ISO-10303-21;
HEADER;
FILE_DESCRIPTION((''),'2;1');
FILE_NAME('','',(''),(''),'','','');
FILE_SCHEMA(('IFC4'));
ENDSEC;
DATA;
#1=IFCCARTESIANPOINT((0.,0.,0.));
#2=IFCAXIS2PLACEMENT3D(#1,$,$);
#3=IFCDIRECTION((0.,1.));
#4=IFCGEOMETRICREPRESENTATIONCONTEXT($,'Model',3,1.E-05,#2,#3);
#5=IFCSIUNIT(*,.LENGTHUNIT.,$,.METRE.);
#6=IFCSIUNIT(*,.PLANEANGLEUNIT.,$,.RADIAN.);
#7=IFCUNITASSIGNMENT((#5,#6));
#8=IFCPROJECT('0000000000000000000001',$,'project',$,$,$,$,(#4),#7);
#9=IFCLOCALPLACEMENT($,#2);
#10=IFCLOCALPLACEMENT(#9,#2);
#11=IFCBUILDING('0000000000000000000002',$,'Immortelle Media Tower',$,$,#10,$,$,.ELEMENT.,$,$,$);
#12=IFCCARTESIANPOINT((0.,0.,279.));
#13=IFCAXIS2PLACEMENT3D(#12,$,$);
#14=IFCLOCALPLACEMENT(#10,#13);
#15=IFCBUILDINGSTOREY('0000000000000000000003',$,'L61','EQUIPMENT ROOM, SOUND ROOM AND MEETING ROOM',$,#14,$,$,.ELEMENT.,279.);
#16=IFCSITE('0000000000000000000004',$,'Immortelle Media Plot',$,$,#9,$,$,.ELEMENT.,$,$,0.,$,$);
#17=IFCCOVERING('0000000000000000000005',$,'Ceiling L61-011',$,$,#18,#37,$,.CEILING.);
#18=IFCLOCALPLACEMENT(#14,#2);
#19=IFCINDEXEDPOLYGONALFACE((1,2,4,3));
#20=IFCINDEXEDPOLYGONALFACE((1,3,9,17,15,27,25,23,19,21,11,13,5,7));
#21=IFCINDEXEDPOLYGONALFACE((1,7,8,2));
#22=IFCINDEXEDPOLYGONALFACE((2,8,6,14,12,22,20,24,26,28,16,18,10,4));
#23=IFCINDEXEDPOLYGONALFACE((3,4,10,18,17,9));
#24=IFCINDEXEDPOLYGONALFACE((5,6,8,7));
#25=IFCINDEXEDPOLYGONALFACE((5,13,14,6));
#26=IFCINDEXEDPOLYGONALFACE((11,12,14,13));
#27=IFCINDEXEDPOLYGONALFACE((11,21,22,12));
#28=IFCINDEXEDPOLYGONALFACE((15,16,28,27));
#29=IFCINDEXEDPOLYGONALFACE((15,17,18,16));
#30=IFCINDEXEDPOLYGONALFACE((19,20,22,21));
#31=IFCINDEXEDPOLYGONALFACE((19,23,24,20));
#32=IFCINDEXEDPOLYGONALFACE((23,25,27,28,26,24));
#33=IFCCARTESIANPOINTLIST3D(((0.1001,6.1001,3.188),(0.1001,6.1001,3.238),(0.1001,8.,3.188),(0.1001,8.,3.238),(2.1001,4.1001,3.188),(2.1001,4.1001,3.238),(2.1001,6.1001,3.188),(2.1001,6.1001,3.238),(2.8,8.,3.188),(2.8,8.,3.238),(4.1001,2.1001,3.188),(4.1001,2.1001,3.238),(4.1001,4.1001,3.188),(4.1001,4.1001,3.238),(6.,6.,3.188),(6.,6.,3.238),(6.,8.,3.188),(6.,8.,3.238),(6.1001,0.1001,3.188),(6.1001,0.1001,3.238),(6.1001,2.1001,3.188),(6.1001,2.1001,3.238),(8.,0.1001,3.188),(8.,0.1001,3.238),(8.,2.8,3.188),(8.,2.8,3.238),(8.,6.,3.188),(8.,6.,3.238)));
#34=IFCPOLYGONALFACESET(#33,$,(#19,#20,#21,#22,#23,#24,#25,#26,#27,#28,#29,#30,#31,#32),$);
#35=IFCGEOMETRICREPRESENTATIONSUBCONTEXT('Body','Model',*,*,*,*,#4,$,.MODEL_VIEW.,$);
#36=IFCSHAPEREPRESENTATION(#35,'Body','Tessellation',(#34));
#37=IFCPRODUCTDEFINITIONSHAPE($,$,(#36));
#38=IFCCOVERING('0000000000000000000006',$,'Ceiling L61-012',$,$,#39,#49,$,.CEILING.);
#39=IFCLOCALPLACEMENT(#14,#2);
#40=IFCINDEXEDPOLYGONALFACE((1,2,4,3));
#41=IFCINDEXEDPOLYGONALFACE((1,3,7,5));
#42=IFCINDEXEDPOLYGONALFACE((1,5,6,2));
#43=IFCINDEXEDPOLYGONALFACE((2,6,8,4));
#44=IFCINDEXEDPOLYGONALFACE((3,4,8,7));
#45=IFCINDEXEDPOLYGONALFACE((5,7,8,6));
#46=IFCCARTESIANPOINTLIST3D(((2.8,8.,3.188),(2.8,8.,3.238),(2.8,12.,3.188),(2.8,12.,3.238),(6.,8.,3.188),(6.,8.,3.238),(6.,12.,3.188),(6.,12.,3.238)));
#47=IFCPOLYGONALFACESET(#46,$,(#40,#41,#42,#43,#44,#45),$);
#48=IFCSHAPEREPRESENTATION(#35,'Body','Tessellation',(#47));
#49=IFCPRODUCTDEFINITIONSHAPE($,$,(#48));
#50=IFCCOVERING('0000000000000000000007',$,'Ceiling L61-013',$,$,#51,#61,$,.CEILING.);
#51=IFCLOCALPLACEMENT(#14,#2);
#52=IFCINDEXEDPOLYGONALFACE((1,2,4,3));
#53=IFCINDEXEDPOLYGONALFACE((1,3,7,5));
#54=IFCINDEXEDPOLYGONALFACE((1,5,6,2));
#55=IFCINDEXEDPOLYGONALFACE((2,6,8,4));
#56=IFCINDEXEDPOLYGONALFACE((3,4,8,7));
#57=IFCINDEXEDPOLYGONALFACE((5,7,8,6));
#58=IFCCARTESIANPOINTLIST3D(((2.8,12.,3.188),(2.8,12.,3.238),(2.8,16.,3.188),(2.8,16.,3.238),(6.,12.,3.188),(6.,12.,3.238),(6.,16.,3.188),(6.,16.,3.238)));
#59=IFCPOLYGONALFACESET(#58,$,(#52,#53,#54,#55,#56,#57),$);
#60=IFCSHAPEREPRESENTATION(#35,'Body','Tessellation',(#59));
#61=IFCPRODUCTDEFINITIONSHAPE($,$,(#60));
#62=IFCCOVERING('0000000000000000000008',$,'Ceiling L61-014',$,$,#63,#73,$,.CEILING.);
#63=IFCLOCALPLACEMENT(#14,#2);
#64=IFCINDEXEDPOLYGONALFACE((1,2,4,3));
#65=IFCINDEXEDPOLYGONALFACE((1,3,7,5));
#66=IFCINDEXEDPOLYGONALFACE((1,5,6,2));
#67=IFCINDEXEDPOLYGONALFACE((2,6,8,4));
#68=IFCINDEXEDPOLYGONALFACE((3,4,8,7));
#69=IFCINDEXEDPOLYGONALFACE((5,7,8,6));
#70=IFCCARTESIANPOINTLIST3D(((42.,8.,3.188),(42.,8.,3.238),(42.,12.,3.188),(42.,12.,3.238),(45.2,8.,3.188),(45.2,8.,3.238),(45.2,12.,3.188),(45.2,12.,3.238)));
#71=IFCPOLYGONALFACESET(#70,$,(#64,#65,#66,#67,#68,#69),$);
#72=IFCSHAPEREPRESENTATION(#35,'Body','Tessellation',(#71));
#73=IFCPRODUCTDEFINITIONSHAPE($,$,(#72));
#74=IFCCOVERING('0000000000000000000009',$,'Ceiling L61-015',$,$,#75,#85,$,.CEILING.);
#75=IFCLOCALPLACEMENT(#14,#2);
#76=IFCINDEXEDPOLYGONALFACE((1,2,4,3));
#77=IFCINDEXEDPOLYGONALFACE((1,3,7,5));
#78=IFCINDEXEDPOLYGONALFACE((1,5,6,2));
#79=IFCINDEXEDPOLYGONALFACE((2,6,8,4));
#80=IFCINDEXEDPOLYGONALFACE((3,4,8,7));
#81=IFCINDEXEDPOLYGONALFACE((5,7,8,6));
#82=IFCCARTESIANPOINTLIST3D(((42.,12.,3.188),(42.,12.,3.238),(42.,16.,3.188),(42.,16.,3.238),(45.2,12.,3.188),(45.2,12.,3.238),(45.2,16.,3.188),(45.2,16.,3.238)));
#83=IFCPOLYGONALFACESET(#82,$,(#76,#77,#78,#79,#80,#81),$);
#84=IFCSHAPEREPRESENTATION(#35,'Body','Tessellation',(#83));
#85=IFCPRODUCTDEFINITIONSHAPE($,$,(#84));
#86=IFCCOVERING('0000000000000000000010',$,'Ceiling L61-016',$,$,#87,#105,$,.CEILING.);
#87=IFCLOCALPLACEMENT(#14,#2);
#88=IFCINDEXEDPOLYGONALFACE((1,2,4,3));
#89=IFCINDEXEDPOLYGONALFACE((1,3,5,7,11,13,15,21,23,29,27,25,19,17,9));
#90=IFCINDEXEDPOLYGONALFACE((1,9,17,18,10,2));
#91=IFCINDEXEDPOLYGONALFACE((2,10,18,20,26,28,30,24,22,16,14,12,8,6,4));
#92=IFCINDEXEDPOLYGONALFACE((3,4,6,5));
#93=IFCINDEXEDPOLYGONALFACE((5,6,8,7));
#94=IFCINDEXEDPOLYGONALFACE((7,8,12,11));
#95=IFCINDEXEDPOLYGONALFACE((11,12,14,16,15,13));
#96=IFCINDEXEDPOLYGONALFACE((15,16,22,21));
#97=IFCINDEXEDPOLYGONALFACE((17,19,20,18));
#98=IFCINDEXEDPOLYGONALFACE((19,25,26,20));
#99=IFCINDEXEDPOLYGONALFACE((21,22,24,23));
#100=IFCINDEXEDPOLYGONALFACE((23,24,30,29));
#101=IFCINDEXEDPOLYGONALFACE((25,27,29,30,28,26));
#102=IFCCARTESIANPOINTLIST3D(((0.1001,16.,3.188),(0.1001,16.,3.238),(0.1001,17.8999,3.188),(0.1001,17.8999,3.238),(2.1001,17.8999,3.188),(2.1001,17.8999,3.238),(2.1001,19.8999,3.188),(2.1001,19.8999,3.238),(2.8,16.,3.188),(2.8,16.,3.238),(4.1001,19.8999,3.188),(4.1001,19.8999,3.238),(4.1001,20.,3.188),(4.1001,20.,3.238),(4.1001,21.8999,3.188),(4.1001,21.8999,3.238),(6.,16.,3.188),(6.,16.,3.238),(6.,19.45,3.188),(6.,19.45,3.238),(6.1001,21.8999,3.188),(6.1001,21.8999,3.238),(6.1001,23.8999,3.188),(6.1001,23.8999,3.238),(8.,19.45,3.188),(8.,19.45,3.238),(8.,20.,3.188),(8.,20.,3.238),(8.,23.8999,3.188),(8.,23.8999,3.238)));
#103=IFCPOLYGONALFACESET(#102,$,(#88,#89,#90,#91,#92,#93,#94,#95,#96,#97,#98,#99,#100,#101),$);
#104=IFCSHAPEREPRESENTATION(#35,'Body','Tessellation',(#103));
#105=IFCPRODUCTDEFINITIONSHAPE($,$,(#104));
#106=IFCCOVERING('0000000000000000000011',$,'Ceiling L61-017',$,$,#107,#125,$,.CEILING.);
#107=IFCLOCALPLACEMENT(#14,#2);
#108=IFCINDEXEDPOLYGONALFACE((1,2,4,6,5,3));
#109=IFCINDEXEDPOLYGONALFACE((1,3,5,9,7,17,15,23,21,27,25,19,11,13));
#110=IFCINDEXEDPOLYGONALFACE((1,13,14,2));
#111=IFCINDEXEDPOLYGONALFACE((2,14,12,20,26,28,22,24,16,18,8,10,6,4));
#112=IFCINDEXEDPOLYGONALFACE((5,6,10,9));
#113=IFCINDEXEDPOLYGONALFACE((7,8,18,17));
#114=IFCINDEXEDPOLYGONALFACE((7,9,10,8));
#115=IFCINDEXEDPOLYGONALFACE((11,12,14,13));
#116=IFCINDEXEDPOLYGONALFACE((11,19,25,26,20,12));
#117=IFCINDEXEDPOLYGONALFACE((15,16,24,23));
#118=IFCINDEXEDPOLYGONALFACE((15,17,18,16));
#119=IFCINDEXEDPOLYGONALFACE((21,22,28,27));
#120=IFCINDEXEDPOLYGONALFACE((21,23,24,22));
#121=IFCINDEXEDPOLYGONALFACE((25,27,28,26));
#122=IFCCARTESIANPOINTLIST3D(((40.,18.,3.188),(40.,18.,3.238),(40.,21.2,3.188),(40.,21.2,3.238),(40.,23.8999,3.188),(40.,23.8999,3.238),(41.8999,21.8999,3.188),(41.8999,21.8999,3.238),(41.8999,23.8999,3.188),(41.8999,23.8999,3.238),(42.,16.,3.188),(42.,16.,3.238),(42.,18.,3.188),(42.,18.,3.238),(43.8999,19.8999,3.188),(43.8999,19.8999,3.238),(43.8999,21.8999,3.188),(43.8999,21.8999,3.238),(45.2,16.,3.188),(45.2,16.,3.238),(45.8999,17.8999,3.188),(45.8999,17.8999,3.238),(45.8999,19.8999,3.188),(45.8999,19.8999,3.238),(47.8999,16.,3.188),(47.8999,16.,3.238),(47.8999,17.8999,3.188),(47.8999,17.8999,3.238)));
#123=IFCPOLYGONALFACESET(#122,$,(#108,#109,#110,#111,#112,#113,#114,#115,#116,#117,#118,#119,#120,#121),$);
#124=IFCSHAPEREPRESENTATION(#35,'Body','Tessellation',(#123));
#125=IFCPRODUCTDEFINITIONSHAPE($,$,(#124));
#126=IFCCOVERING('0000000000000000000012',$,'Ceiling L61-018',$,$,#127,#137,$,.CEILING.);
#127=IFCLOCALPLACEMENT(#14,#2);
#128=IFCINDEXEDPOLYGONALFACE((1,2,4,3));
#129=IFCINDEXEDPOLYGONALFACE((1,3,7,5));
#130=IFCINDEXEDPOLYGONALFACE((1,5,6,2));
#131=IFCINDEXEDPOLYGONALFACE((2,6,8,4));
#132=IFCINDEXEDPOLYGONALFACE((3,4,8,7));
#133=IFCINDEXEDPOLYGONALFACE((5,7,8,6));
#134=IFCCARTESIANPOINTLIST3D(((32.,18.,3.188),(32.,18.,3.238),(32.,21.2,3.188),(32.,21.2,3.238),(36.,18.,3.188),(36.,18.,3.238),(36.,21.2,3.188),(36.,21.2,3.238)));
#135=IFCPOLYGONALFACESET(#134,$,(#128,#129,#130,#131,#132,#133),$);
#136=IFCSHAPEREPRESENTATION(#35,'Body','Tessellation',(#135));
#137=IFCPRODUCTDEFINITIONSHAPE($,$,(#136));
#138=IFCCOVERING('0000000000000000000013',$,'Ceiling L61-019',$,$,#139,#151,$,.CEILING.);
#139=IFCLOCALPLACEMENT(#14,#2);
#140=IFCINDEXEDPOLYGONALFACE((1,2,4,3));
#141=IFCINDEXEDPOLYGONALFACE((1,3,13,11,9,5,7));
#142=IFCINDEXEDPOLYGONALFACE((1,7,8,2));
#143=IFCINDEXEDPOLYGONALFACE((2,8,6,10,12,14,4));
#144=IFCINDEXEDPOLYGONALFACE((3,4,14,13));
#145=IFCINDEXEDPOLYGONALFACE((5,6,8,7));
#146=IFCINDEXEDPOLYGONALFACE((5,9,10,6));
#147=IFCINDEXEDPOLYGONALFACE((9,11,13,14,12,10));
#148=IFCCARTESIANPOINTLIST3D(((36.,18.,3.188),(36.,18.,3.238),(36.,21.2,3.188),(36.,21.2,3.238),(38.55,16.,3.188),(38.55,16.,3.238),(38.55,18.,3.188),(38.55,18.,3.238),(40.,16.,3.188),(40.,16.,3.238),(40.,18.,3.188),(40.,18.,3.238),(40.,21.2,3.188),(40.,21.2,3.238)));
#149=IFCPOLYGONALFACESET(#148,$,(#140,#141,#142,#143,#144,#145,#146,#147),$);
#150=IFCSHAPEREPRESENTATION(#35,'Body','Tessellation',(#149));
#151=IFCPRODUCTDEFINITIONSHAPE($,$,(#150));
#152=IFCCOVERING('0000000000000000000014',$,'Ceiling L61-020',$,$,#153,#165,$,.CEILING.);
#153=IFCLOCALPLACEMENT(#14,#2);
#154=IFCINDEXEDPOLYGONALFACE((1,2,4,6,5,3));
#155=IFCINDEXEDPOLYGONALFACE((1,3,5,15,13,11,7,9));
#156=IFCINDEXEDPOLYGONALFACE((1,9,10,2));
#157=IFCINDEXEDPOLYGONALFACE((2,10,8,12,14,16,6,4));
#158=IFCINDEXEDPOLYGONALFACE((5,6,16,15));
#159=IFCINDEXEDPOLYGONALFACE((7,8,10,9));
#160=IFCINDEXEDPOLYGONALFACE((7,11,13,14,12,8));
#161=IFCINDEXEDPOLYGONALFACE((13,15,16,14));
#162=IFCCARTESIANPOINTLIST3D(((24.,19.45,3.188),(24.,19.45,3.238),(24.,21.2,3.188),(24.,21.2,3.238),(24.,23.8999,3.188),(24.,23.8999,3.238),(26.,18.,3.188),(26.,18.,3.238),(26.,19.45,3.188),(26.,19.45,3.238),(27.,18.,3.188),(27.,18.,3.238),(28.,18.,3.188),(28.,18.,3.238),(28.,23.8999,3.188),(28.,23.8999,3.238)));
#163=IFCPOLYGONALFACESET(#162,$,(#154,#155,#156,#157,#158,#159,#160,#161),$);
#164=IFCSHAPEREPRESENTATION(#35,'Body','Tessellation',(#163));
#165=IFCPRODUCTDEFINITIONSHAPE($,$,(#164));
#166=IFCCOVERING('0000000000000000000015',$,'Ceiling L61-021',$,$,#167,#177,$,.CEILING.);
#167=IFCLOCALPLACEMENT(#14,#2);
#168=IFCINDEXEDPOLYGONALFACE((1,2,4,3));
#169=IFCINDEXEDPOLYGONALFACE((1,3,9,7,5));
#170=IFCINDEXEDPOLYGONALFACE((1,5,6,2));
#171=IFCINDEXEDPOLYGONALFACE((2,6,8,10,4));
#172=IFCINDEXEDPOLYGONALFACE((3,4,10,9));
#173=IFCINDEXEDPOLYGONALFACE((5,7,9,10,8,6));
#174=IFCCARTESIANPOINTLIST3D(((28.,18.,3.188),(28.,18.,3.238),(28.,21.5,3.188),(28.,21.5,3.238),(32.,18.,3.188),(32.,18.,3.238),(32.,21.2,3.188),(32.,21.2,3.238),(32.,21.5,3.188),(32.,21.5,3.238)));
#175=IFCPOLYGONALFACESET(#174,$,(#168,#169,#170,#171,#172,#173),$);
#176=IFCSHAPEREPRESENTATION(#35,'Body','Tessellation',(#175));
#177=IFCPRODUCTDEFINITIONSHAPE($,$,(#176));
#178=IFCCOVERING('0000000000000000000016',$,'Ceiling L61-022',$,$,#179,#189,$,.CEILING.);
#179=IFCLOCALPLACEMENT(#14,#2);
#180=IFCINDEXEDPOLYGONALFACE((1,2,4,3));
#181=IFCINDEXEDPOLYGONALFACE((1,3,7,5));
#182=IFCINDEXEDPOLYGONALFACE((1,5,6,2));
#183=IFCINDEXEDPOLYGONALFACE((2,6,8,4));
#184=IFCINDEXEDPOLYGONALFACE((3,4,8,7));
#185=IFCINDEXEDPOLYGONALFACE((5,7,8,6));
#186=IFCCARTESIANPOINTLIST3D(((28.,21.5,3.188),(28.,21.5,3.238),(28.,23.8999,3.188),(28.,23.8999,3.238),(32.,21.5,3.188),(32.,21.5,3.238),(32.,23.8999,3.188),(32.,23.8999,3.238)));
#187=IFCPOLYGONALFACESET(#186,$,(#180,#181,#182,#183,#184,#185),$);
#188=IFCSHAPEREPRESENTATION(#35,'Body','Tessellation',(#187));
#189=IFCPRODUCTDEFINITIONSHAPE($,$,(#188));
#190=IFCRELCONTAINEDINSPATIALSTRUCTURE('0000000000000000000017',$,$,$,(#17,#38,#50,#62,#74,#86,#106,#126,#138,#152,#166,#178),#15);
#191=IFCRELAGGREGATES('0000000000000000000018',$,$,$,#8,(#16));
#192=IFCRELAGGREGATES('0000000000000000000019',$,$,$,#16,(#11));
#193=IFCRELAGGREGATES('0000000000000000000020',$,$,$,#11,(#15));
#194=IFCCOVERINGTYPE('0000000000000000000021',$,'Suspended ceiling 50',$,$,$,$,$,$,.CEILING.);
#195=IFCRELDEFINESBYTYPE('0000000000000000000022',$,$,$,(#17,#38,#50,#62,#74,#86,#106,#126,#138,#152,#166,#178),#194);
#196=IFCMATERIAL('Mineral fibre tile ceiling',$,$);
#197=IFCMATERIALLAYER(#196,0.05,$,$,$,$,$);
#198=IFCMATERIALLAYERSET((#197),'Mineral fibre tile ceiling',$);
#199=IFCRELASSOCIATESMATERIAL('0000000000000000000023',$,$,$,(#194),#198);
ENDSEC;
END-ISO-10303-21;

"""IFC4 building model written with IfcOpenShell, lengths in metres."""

from ifc_helpers import new_model, si_unit, direction, frame, origin, place, context, subcontext, project, spatial, polyline, outline, extrude, material, layer, layer_set, type_object, element, save


model = new_model("IFC4")

# Units and contexts
model_context = context("Model", 3, precision=1e-05, world=origin(), true_north=direction((0.0, 1.0)))
body_context = subcontext(model_context, "Body", "Model", "MODEL_VIEW")
ifc_project = project(units=[si_unit("LENGTHUNIT", "METRE"), si_unit("PLANEANGLEUNIT", "RADIAN")], contexts=[model_context])

# Site, building, storey
site_placement = place(None, origin())
site = spatial("IfcSite", under=ifc_project, at=site_placement, Name="Immortelle Media Plot", CompositionType="ELEMENT", RefElevation=0.0)
building_placement = place(site_placement, origin())
building = spatial("IfcBuilding", under=site, at=building_placement, Name="Immortelle Media Tower", CompositionType="ELEMENT")
storey_placement = place(building_placement, frame((0.0, 0.0, 279.0)))
storey = spatial("IfcBuildingStorey", under=building, at=storey_placement, Name="L61", Description="EQUIPMENT ROOM, SOUND ROOM AND MEETING ROOM", CompositionType="ELEMENT", Elevation=279.0)

# Coverings
ifc_material_1 = material(Name="Mineral fibre tile ceiling")
ifc_layer_1 = layer(ifc_material_1, 0.05)
ifc_layer_set_1 = layer_set([ifc_layer_1], Name="Mineral fibre tile ceiling")
covering_type = type_object("IfcCoveringType", Name="Suspended ceiling 50", PredefinedType="CEILING", material=ifc_layer_set_1)
covering_1_placement = place(storey_placement, frame((0.0, 0.0, 3.188)))
element("IfcCovering", 1, at=covering_1_placement, inside=storey, type_object=covering_type, Name="Ceiling L61-011", PredefinedType="CEILING", context=body_context, shape_type="SweptSolid", body=[
    extrude(outline(polyline([(6.1001, 0.1001), (6.1001, 2.1001), (4.1001, 2.1001), (4.1001, 4.1001), (2.1001, 4.1001), (2.1001, 6.1001), (0.1001, 6.1001), (0.1001, 8.0), (2.8, 8.0), (6.0, 8.0), (6.0, 6.0), (8.0, 6.0), (8.0, 2.8), (8.0, 0.1001), (6.1001, 0.1001)])), origin(), (0.0, 0.0, 1.0), 0.05),
])
covering_2_placement = place(storey_placement, frame((0.0, 0.0, 3.188)))
element("IfcCovering", 2, at=covering_2_placement, inside=storey, type_object=covering_type, Name="Ceiling L61-012", PredefinedType="CEILING", context=body_context, shape_type="SweptSolid", body=[
    extrude(outline(polyline([(2.8, 8.0), (2.8, 12.0), (6.0, 12.0), (6.0, 8.0), (2.8, 8.0)])), origin(), (0.0, 0.0, 1.0), 0.05),
])
covering_3_placement = place(storey_placement, frame((0.0, 0.0, 3.188)))
element("IfcCovering", 3, at=covering_3_placement, inside=storey, type_object=covering_type, Name="Ceiling L61-013", PredefinedType="CEILING", context=body_context, shape_type="SweptSolid", body=[
    extrude(outline(polyline([(2.8, 16.0), (6.0, 16.0), (6.0, 12.0), (2.8, 12.0), (2.8, 16.0)])), origin(), (0.0, 0.0, 1.0), 0.05),
])
covering_4_placement = place(storey_placement, frame((0.0, 0.0, 3.188)))
element("IfcCovering", 4, at=covering_4_placement, inside=storey, type_object=covering_type, Name="Ceiling L61-014", PredefinedType="CEILING", context=body_context, shape_type="SweptSolid", body=[
    extrude(outline(polyline([(42.0, 8.0), (42.0, 12.0), (45.2, 12.0), (45.2, 8.0), (42.0, 8.0)])), origin(), (0.0, 0.0, 1.0), 0.05),
])
covering_5_placement = place(storey_placement, frame((0.0, 0.0, 3.188)))
element("IfcCovering", 5, at=covering_5_placement, inside=storey, type_object=covering_type, Name="Ceiling L61-015", PredefinedType="CEILING", context=body_context, shape_type="SweptSolid", body=[
    extrude(outline(polyline([(42.0, 16.0), (45.2, 16.0), (45.2, 12.0), (42.0, 12.0), (42.0, 16.0)])), origin(), (0.0, 0.0, 1.0), 0.05),
])
covering_6_placement = place(storey_placement, frame((0.0, 0.0, 3.188)))
element("IfcCovering", 6, at=covering_6_placement, inside=storey, type_object=covering_type, Name="Ceiling L61-016", PredefinedType="CEILING", context=body_context, shape_type="SweptSolid", body=[
    extrude(outline(polyline([(2.8, 16.0), (0.1001, 16.0), (0.1001, 17.8999), (2.1001, 17.8999), (2.1001, 19.8999), (4.1001, 19.8999), (4.1001, 20.0), (4.1001, 21.8999), (6.1001, 21.8999), (6.1001, 23.8999), (8.0, 23.8999), (8.0, 20.0), (8.0, 19.45), (6.0, 19.45), (6.0, 16.0), (2.8, 16.0)])), origin(), (0.0, 0.0, 1.0), 0.05),
])
covering_7_placement = place(storey_placement, frame((0.0, 0.0, 3.188)))
element("IfcCovering", 7, at=covering_7_placement, inside=storey, type_object=covering_type, Name="Ceiling L61-017", PredefinedType="CEILING", context=body_context, shape_type="SweptSolid", body=[
    extrude(outline(polyline([(45.2, 16.0), (42.0, 16.0), (42.0, 18.0), (40.0, 18.0), (40.0, 21.2), (40.0, 23.8999), (41.8999, 23.8999), (41.8999, 21.8999), (43.8999, 21.8999), (43.8999, 19.8999), (45.8999, 19.8999), (45.8999, 17.8999), (47.8999, 17.8999), (47.8999, 16.0), (45.2, 16.0)])), origin(), (0.0, 0.0, 1.0), 0.05),
])
covering_8_placement = place(storey_placement, frame((0.0, 0.0, 3.188)))
element("IfcCovering", 8, at=covering_8_placement, inside=storey, type_object=covering_type, Name="Ceiling L61-018", PredefinedType="CEILING", context=body_context, shape_type="SweptSolid", body=[
    extrude(outline(polyline([(32.0, 18.0), (32.0, 21.2), (36.0, 21.2), (36.0, 18.0), (32.0, 18.0)])), origin(), (0.0, 0.0, 1.0), 0.05),
])
covering_9_placement = place(storey_placement, frame((0.0, 0.0, 3.188)))
element("IfcCovering", 9, at=covering_9_placement, inside=storey, type_object=covering_type, Name="Ceiling L61-019", PredefinedType="CEILING", context=body_context, shape_type="SweptSolid", body=[
    extrude(outline(polyline([(38.55, 18.0), (36.0, 18.0), (36.0, 21.2), (40.0, 21.2), (40.0, 18.0), (40.0, 16.0), (38.55, 16.0), (38.55, 18.0)])), origin(), (0.0, 0.0, 1.0), 0.05),
])
covering_10_placement = place(storey_placement, frame((0.0, 0.0, 3.188)))
element("IfcCovering", 10, at=covering_10_placement, inside=storey, type_object=covering_type, Name="Ceiling L61-020", PredefinedType="CEILING", context=body_context, shape_type="SweptSolid", body=[
    extrude(outline(polyline([(26.0, 18.0), (26.0, 19.45), (24.0, 19.45), (24.0, 21.2), (24.0, 23.8999), (28.0, 23.8999), (28.0, 18.0), (27.0, 18.0), (26.0, 18.0)])), origin(), (0.0, 0.0, 1.0), 0.05),
])
covering_11_placement = place(storey_placement, frame((0.0, 0.0, 3.188)))
element("IfcCovering", 11, at=covering_11_placement, inside=storey, type_object=covering_type, Name="Ceiling L61-021", PredefinedType="CEILING", context=body_context, shape_type="SweptSolid", body=[
    extrude(outline(polyline([(32.0, 21.2), (32.0, 18.0), (28.0, 18.0), (28.0, 21.5), (32.0, 21.5), (32.0, 21.2)])), origin(), (0.0, 0.0, 1.0), 0.05),
])
covering_12_placement = place(storey_placement, frame((0.0, 0.0, 3.188)))
element("IfcCovering", 12, at=covering_12_placement, inside=storey, type_object=covering_type, Name="Ceiling L61-022", PredefinedType="CEILING", context=body_context, shape_type="SweptSolid", body=[
    extrude(outline(polyline([(32.0, 21.5), (28.0, 21.5), (28.0, 23.8999), (32.0, 23.8999), (32.0, 21.5)])), origin(), (0.0, 0.0, 1.0), 0.05),
])

save(model, "model.ifc")
